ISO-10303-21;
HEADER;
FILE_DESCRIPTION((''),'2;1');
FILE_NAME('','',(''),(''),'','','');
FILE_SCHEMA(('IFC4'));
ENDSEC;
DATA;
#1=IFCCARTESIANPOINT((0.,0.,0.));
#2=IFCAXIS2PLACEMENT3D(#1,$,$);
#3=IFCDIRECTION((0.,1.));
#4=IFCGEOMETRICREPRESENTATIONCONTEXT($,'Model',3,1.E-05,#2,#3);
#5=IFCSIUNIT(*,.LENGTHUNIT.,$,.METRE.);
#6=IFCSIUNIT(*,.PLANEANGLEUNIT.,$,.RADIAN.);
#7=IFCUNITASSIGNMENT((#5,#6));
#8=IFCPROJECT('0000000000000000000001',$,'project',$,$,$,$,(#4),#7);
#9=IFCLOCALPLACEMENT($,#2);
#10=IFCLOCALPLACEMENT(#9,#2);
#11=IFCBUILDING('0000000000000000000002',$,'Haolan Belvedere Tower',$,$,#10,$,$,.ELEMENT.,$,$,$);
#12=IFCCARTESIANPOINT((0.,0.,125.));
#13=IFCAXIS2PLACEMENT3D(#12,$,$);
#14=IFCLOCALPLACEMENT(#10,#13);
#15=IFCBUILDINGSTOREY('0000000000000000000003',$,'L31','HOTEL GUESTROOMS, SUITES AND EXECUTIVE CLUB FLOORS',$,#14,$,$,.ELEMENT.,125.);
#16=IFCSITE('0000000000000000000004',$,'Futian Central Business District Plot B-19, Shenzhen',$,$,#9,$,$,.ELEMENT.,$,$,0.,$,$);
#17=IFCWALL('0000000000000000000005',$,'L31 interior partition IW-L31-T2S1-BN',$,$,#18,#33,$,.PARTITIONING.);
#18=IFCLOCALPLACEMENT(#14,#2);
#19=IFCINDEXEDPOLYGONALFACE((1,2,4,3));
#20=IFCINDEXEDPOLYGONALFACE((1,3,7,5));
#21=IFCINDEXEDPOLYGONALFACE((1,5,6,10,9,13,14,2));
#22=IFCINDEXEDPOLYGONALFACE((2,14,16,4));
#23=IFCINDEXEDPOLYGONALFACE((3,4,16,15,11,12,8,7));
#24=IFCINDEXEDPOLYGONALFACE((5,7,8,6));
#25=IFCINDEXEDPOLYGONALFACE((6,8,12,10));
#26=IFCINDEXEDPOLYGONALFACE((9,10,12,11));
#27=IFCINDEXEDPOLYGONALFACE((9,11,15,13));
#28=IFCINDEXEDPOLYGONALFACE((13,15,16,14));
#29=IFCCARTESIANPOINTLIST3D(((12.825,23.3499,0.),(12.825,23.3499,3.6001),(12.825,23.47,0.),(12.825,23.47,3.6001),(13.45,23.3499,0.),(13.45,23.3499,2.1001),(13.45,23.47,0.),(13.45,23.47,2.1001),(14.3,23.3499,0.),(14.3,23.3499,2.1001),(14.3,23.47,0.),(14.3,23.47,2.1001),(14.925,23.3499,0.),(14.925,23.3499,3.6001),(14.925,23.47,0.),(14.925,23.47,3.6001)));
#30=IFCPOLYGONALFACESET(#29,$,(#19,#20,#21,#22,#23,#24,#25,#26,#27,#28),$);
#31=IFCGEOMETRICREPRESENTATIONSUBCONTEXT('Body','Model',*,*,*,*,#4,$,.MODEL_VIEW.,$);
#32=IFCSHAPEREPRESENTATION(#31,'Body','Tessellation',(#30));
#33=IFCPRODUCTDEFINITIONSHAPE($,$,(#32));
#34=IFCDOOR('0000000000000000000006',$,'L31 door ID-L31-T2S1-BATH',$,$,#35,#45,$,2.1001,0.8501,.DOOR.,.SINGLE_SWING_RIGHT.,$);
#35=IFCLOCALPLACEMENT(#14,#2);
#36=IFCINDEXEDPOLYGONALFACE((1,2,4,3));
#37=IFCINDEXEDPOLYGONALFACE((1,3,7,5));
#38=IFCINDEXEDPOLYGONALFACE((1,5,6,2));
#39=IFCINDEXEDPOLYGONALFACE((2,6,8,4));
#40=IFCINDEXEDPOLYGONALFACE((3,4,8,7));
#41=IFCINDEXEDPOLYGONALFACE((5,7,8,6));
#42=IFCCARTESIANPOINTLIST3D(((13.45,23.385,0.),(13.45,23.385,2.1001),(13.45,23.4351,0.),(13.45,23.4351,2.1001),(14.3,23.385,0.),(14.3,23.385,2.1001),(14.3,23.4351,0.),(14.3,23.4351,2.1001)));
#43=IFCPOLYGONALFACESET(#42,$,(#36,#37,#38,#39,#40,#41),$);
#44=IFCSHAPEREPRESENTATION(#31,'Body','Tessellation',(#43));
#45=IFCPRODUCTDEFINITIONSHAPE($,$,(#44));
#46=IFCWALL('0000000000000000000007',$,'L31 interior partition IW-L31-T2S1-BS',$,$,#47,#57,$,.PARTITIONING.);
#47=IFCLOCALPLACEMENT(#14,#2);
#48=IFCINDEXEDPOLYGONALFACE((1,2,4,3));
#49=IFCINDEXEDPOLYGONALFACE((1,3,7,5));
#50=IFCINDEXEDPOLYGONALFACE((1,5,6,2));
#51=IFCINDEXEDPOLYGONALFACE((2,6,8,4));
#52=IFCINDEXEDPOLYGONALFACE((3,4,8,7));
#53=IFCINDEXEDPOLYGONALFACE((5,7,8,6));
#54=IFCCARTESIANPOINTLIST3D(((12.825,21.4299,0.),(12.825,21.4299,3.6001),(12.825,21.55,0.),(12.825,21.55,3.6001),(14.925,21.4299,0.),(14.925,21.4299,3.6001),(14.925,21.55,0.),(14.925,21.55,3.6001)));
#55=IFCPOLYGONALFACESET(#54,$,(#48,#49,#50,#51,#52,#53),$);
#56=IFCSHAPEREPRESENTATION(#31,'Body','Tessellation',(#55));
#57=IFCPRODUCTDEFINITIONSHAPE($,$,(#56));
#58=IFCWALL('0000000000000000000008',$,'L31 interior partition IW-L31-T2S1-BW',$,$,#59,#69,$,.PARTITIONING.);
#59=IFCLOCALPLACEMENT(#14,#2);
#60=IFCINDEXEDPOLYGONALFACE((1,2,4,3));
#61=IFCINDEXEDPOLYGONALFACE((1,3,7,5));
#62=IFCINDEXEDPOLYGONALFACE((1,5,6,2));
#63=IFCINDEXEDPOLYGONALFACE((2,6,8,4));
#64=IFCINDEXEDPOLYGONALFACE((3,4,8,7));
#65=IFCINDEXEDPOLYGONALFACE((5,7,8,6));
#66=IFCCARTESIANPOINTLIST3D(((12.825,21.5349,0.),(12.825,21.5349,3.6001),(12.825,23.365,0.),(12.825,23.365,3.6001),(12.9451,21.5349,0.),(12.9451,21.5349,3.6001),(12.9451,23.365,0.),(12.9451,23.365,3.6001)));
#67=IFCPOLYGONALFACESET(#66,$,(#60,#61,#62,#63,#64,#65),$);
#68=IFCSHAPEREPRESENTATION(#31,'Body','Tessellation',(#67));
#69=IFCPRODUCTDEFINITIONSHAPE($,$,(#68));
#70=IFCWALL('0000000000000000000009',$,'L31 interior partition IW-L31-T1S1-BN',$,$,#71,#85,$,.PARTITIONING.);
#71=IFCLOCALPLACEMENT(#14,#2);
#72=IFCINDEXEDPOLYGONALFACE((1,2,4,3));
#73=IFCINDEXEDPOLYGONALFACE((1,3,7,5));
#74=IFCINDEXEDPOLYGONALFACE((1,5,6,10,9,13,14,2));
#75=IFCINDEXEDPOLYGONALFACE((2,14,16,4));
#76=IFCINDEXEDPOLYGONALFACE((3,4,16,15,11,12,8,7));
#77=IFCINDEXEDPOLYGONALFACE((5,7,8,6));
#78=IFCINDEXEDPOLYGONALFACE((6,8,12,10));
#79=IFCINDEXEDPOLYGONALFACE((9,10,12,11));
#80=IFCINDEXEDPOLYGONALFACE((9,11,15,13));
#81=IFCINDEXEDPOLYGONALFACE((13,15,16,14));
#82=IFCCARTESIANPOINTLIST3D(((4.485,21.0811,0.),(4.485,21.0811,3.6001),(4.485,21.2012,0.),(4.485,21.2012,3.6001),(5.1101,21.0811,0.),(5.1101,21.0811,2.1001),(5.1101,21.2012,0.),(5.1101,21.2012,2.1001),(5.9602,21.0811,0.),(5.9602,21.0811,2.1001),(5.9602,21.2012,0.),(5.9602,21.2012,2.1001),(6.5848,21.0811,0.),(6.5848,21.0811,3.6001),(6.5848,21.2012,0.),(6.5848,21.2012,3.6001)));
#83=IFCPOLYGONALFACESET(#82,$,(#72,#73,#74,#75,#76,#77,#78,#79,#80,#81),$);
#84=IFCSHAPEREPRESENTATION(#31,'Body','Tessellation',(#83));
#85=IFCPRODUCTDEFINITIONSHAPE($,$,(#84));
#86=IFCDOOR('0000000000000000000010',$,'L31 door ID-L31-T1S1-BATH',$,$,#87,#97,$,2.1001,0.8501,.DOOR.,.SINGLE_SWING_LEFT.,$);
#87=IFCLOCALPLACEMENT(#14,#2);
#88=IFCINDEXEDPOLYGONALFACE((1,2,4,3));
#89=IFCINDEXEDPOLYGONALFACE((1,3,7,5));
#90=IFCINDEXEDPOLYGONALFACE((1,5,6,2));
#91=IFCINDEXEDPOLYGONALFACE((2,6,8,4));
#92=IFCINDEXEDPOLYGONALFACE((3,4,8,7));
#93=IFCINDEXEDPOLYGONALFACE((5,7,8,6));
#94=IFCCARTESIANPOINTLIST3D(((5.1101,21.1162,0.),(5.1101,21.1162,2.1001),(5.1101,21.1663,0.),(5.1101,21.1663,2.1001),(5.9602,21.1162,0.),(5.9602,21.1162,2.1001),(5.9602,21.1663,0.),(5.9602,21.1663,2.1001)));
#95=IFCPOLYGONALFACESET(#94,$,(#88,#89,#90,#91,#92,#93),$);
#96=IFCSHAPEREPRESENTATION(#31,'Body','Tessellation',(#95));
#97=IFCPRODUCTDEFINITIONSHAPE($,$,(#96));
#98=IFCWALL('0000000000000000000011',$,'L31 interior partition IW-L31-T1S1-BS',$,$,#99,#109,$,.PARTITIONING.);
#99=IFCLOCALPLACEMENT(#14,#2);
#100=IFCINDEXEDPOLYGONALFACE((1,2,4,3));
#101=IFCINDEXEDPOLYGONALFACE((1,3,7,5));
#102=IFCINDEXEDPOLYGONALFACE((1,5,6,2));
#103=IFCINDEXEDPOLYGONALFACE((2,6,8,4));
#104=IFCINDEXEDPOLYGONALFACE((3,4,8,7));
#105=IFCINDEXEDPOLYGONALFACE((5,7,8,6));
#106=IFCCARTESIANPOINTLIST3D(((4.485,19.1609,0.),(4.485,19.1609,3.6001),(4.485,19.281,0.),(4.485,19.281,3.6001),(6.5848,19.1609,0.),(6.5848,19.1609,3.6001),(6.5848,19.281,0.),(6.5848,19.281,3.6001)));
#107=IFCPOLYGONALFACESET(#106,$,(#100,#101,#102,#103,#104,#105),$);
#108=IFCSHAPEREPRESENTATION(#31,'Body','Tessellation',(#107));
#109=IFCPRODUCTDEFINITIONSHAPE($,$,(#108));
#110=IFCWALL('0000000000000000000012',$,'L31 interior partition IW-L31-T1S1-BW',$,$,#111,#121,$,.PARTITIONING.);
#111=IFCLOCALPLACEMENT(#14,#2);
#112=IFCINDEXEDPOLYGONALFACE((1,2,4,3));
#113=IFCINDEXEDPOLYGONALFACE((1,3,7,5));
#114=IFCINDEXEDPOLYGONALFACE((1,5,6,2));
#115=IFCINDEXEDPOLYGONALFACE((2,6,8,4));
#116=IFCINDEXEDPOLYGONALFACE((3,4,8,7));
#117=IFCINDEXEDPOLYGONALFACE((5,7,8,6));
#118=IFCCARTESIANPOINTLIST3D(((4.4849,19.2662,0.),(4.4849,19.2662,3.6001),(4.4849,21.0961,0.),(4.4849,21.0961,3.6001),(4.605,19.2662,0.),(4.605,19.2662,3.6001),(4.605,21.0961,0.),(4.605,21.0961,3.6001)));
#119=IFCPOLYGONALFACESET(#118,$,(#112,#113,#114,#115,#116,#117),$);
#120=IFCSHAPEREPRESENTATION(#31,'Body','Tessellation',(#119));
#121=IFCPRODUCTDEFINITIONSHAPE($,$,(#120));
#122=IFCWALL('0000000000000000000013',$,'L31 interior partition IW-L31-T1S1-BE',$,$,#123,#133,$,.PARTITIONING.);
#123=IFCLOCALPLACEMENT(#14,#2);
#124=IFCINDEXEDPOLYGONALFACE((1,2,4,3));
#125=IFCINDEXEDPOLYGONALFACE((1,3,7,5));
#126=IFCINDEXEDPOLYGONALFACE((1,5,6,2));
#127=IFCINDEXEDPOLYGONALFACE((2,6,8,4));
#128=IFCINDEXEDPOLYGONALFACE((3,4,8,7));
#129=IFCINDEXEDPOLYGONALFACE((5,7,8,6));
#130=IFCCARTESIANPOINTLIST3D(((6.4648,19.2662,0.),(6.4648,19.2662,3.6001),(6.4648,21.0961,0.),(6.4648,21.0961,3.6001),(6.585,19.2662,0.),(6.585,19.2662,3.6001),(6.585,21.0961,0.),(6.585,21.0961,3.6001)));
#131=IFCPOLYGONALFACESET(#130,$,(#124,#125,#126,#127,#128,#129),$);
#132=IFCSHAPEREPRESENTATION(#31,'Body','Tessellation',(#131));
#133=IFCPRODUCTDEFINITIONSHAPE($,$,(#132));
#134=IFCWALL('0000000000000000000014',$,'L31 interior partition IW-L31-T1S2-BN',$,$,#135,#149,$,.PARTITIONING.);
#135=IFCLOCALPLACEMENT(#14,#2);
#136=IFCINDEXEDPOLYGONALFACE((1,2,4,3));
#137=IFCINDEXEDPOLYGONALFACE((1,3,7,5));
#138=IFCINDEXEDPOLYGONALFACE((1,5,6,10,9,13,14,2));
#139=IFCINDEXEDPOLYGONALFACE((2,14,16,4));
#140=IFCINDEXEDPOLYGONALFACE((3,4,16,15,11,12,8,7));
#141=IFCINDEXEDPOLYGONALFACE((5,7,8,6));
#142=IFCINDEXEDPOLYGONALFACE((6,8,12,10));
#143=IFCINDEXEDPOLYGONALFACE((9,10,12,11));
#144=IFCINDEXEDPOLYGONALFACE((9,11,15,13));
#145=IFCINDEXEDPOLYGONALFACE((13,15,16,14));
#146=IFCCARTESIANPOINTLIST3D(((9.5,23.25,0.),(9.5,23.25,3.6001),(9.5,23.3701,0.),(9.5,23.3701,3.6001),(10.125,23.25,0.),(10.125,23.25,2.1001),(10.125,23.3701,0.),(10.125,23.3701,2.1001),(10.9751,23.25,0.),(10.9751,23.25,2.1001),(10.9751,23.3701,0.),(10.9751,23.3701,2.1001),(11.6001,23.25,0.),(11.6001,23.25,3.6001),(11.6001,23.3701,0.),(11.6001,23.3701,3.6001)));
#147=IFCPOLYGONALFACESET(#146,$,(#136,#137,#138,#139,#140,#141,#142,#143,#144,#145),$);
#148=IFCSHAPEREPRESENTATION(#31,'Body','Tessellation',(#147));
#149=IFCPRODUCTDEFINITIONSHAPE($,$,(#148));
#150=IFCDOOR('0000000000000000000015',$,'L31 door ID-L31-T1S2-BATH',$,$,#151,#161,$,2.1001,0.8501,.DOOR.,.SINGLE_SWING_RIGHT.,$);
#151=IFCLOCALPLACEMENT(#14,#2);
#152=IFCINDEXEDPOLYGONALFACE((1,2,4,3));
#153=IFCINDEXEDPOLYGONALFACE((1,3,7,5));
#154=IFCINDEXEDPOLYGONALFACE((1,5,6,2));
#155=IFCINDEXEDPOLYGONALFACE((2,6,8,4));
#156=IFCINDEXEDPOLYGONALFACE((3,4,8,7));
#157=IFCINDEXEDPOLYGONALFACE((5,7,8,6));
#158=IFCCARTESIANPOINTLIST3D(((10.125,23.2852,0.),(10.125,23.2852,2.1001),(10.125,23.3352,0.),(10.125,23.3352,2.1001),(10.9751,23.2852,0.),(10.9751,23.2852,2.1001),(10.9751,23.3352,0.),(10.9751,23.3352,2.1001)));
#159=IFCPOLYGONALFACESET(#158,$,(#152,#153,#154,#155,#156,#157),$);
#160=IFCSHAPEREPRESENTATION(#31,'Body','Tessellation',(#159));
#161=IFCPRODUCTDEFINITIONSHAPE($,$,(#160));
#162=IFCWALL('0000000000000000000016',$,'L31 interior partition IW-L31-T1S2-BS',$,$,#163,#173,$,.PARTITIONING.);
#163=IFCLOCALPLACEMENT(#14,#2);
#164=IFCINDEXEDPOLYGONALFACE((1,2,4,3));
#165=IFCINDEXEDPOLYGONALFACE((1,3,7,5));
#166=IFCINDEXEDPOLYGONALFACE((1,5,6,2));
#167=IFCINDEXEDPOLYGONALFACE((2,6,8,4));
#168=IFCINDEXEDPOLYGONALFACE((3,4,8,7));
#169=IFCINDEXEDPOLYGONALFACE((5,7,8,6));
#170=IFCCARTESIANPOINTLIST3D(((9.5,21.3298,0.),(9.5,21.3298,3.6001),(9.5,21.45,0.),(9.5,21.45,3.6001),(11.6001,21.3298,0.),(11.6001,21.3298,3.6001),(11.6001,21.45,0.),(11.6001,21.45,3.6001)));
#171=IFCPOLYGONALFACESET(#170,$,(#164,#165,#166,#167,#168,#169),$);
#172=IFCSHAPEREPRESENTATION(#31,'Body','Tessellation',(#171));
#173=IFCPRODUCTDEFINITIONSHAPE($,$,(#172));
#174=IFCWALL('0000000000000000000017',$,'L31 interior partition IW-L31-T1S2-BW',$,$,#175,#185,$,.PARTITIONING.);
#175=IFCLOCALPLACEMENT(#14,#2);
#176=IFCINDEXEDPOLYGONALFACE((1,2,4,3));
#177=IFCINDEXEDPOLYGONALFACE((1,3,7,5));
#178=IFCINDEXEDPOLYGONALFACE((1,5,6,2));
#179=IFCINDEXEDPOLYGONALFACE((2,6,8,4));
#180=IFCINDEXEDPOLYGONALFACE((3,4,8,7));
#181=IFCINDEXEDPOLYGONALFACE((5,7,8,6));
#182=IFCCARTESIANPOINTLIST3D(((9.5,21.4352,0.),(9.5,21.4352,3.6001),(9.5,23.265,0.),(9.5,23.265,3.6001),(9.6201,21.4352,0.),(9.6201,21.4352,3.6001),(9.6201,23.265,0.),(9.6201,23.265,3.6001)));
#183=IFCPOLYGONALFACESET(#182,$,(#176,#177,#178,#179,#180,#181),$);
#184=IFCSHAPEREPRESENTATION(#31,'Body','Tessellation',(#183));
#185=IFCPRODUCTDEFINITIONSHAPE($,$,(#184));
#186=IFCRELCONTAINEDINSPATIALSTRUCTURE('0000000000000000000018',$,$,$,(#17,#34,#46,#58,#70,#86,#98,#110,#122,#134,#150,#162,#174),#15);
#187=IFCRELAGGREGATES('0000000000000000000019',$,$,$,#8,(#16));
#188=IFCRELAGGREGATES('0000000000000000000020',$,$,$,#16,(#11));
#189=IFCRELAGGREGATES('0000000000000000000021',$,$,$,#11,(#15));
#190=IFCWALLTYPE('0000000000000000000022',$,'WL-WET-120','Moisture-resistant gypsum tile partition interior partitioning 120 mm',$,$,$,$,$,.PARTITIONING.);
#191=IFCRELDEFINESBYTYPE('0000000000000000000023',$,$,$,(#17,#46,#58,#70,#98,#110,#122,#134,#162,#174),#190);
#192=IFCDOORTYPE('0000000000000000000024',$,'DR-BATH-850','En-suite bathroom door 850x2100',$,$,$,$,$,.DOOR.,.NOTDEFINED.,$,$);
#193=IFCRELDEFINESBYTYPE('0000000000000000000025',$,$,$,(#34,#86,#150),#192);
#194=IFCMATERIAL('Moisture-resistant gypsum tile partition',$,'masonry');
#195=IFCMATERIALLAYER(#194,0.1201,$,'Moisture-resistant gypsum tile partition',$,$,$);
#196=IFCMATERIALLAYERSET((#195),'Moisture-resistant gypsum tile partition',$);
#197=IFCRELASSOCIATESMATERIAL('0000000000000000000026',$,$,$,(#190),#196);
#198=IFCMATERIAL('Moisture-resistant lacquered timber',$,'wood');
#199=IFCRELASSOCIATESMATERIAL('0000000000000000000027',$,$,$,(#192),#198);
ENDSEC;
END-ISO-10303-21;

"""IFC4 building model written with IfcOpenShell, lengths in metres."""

from ifc_helpers import new_model, si_unit, direction, frame, frame_2d, origin, place, context, subcontext, project, spatial, rectangle, extrude, material, layer, layer_set, type_object, element, fill, save


model = new_model("IFC4")

# Units and contexts
model_context = context("Model", 3, precision=1e-05, world=origin(), true_north=direction((0.0, 1.0)))
body_context = subcontext(model_context, "Body", "Model", "MODEL_VIEW")
ifc_project = project(units=[si_unit("LENGTHUNIT", "METRE"), si_unit("PLANEANGLEUNIT", "RADIAN")], contexts=[model_context])

# Site, building, storey
site_placement = place(None, origin())
site = spatial("IfcSite", under=ifc_project, at=site_placement, Name="Futian Central Business District Plot B-19, Shenzhen", CompositionType="ELEMENT", RefElevation=0.0)
building_placement = place(site_placement, origin())
building = spatial("IfcBuilding", under=site, at=building_placement, Name="Haolan Belvedere Tower", CompositionType="ELEMENT")
storey_placement = place(building_placement, frame((0.0, 0.0, 125.0)))
storey = spatial("IfcBuildingStorey", under=building, at=storey_placement, Name="L31", Description="HOTEL GUESTROOMS, SUITES AND EXECUTIVE CLUB FLOORS", CompositionType="ELEMENT", Elevation=125.0)

# Wall, opening, door
ifc_material_1 = material(Name="Moisture-resistant gypsum tile partition", Category="masonry")
ifc_layer_1 = layer(ifc_material_1, 0.1201, Name="Moisture-resistant gypsum tile partition")
ifc_layer_set_1 = layer_set([ifc_layer_1], Name="Moisture-resistant gypsum tile partition")
wall_type_1 = type_object("IfcWallType", Name="WL-WET-120", Description="Moisture-resistant gypsum tile partition interior partitioning 120 mm", PredefinedType="PARTITIONING", material=ifc_layer_set_1)
wall_1_placement = place(storey_placement, frame((12.825, 23.4099, 0.0), z_axis=(0.0, 0.0, 1.0), x_axis=(1.0, 0.0, 0.0)))
wall_1 = element("IfcWall", 1, at=wall_1_placement, inside=storey, type_object=wall_type_1, Name="L31 interior partition IW-L31-T2S1-BN", PredefinedType="PARTITIONING", context=body_context, shape_type="SweptSolid", body=[
    extrude(rectangle(XDim=2.1001, YDim=0.1201, at=frame_2d((1.05, 0.0))), origin(), (0.0, 0.0, 1.0), 3.6001),
])
opening_1_placement = place(wall_1_placement, frame((1.4751, 0.0, 0.0), z_axis=(0.0, 0.0, 1.0), x_axis=(-1.0, 0.0, 0.0)))
opening_1 = element("IfcOpeningElement", 2, at=opening_1_placement, cuts=wall_1, PredefinedType="OPENING", context=body_context, shape_type="SweptSolid", body=[
    extrude(rectangle(XDim=0.8501, YDim=2.1001, at=frame_2d((0.425, 1.05))), frame((0.0, 0.0701, 0.0), z_axis=(0.0, -1.0, 0.0), x_axis=(1.0, 0.0, 0.0)), (0.0, 0.0, 1.0), 0.1401),
])
ifc_material_2 = material(Name="Moisture-resistant lacquered timber", Category="wood")
door_type_1 = type_object("IfcDoorType", Name="DR-BATH-850", Description="En-suite bathroom door 850x2100", OperationType="NOTDEFINED", PredefinedType="DOOR", material=ifc_material_2)
door_1_placement = place(opening_1_placement, origin())
door_1 = element("IfcDoor", 3, at=door_1_placement, inside=storey, type_object=door_type_1, Name="L31 door ID-L31-T2S1-BATH", OperationType="SINGLE_SWING_RIGHT", OverallHeight=2.1001, OverallWidth=0.8501, PredefinedType="DOOR", context=body_context, shape_type="SweptSolid", body=[
    extrude(rectangle(XDim=0.8501, YDim=2.1001, at=frame_2d((0.425, 1.05))), frame((0.0, 0.0249, 0.0), z_axis=(0.0, -1.0, 0.0), x_axis=(1.0, 0.0, 0.0)), (0.0, 0.0, 1.0), 0.05),
])
fill(opening_1, door_1)

# Walls
wall_2_placement = place(storey_placement, frame((12.825, 21.49, 0.0), z_axis=(0.0, 0.0, 1.0), x_axis=(1.0, 0.0, 0.0)))
element("IfcWall", 4, at=wall_2_placement, inside=storey, type_object=wall_type_1, Name="L31 interior partition IW-L31-T2S1-BS", PredefinedType="PARTITIONING", context=body_context, shape_type="SweptSolid", body=[
    extrude(rectangle(XDim=2.1001, YDim=0.1201, at=frame_2d((1.05, 0.0))), origin(), (0.0, 0.0, 1.0), 3.6001),
])
wall_3_placement = place(storey_placement, frame((12.885, 21.5349, 0.0), z_axis=(0.0, 0.0, 1.0), x_axis=(0.0, 1.0, 0.0)))
element("IfcWall", 5, at=wall_3_placement, inside=storey, type_object=wall_type_1, Name="L31 interior partition IW-L31-T2S1-BW", PredefinedType="PARTITIONING", context=body_context, shape_type="SweptSolid", body=[
    extrude(rectangle(XDim=1.8301, YDim=0.1201, at=frame_2d((0.915, 0.0))), origin(), (0.0, 0.0, 1.0), 3.6001),
])

# Wall, opening, door
wall_4_placement = place(storey_placement, frame((4.4851, 21.1411, 0.0), z_axis=(0.0, 0.0, 1.0), x_axis=(1.0, 0.0, 0.0)))
wall_4 = element("IfcWall", 6, at=wall_4_placement, inside=storey, type_object=wall_type_1, Name="L31 interior partition IW-L31-T1S1-BN", PredefinedType="PARTITIONING", context=body_context, shape_type="SweptSolid", body=[
    extrude(rectangle(XDim=2.0999, YDim=0.1201, at=frame_2d((1.0498, 0.0))), origin(), (0.0, 0.0, 1.0), 3.6001),
])
opening_2_placement = place(wall_4_placement, frame((1.4751, 0.0, 0.0), z_axis=(0.0, 0.0, 1.0), x_axis=(-1.0, 0.0, 0.0)))
opening_2 = element("IfcOpeningElement", 7, at=opening_2_placement, cuts=wall_4, PredefinedType="OPENING", context=body_context, shape_type="SweptSolid", body=[
    extrude(rectangle(XDim=0.8501, YDim=2.1001, at=frame_2d((0.425, 1.05))), frame((0.0, 0.0701, 0.0), z_axis=(0.0, -1.0, 0.0), x_axis=(1.0, 0.0, 0.0)), (0.0, 0.0, 1.0), 0.1401),
])
door_2_placement = place(opening_2_placement, origin())
door_2 = element("IfcDoor", 8, at=door_2_placement, inside=storey, type_object=door_type_1, Name="L31 door ID-L31-T1S1-BATH", OperationType="SINGLE_SWING_LEFT", OverallHeight=2.1001, OverallWidth=0.8501, PredefinedType="DOOR", context=body_context, shape_type="SweptSolid", body=[
    extrude(rectangle(XDim=0.8501, YDim=2.1001, at=frame_2d((0.425, 1.05))), frame((0.0, 0.0249, 0.0), z_axis=(0.0, -1.0, 0.0), x_axis=(1.0, 0.0, 0.0)), (0.0, 0.0, 1.0), 0.05),
])
fill(opening_2, door_2)

# Walls
wall_5_placement = place(storey_placement, frame((4.4851, 19.2209, 0.0), z_axis=(0.0, 0.0, 1.0), x_axis=(1.0, 0.0, 0.0)))
element("IfcWall", 9, at=wall_5_placement, inside=storey, type_object=wall_type_1, Name="L31 interior partition IW-L31-T1S1-BS", PredefinedType="PARTITIONING", context=body_context, shape_type="SweptSolid", body=[
    extrude(rectangle(XDim=2.0999, YDim=0.1201, at=frame_2d((1.0498, 0.0))), origin(), (0.0, 0.0, 1.0), 3.6001),
])
for number, where, z_axis, x_axis, name in (
    (10, (4.5449, 19.2661, 0.0), (0.0, 0.0, 1.0), (0.0, 1.0, 0.0), "L31 interior partition IW-L31-T1S1-BW"),
    (11, (6.5249, 19.2661, 0.0), (0.0, 0.0, 1.0), (0.0, 1.0, 0.0), "L31 interior partition IW-L31-T1S1-BE"),
):
    element("IfcWall", number, at=place(storey_placement, frame(where, z_axis=z_axis, x_axis=x_axis)), inside=storey, type_object=wall_type_1, Name=name, PredefinedType="PARTITIONING", context=body_context, shape_type="SweptSolid", body=[
        extrude(rectangle(XDim=1.8298, YDim=0.1201, at=frame_2d((0.915, 0.0))), origin(), (0.0, 0.0, 1.0), 3.6001),
    ])

# Wall, opening, door
wall_6_placement = place(storey_placement, frame((9.5, 23.3101, 0.0), z_axis=(0.0, 0.0, 1.0), x_axis=(1.0, 0.0, 0.0)))
wall_6 = element("IfcWall", 12, at=wall_6_placement, inside=storey, type_object=wall_type_1, Name="L31 interior partition IW-L31-T1S2-BN", PredefinedType="PARTITIONING", context=body_context, shape_type="SweptSolid", body=[
    extrude(rectangle(XDim=2.1001, YDim=0.1201, at=frame_2d((1.05, 0.0))), origin(), (0.0, 0.0, 1.0), 3.6001),
])
opening_3_placement = place(wall_6_placement, frame((1.4751, 0.0, 0.0), z_axis=(0.0, 0.0, 1.0), x_axis=(-1.0, 0.0, 0.0)))
opening_3 = element("IfcOpeningElement", 13, at=opening_3_placement, cuts=wall_6, PredefinedType="OPENING", context=body_context, shape_type="SweptSolid", body=[
    extrude(rectangle(XDim=0.8501, YDim=2.1001, at=frame_2d((0.425, 1.05))), frame((0.0, 0.0701, 0.0), z_axis=(0.0, -1.0, 0.0), x_axis=(1.0, 0.0, 0.0)), (0.0, 0.0, 1.0), 0.1401),
])
door_3_placement = place(opening_3_placement, origin())
door_3 = element("IfcDoor", 14, at=door_3_placement, inside=storey, type_object=door_type_1, Name="L31 door ID-L31-T1S2-BATH", OperationType="SINGLE_SWING_RIGHT", OverallHeight=2.1001, OverallWidth=0.8501, PredefinedType="DOOR", context=body_context, shape_type="SweptSolid", body=[
    extrude(rectangle(XDim=0.8501, YDim=2.1001, at=frame_2d((0.425, 1.05))), frame((0.0, 0.0249, 0.0), z_axis=(0.0, -1.0, 0.0), x_axis=(1.0, 0.0, 0.0)), (0.0, 0.0, 1.0), 0.05),
])
fill(opening_3, door_3)

# Walls
wall_7_placement = place(storey_placement, frame((9.5, 21.3899, 0.0), z_axis=(0.0, 0.0, 1.0), x_axis=(1.0, 0.0, 0.0)))
element("IfcWall", 15, at=wall_7_placement, inside=storey, type_object=wall_type_1, Name="L31 interior partition IW-L31-T1S2-BS", PredefinedType="PARTITIONING", context=body_context, shape_type="SweptSolid", body=[
    extrude(rectangle(XDim=2.1001, YDim=0.1201, at=frame_2d((1.05, 0.0))), origin(), (0.0, 0.0, 1.0), 3.6001),
])
for number, where, z_axis, x_axis, name in (
    (16, (9.5601, 21.4351, 0.0), (0.0, 0.0, 1.0), (0.0, 1.0, 0.0), "L31 interior partition IW-L31-T1S2-BW"),
):
    element("IfcWall", number, at=place(storey_placement, frame(where, z_axis=z_axis, x_axis=x_axis)), inside=storey, type_object=wall_type_1, Name=name, PredefinedType="PARTITIONING", context=body_context, shape_type="SweptSolid", body=[
        extrude(rectangle(XDim=1.8298, YDim=0.1201, at=frame_2d((0.915, 0.0))), origin(), (0.0, 0.0, 1.0), 3.6001),
    ])

save(model, "model.ifc")
